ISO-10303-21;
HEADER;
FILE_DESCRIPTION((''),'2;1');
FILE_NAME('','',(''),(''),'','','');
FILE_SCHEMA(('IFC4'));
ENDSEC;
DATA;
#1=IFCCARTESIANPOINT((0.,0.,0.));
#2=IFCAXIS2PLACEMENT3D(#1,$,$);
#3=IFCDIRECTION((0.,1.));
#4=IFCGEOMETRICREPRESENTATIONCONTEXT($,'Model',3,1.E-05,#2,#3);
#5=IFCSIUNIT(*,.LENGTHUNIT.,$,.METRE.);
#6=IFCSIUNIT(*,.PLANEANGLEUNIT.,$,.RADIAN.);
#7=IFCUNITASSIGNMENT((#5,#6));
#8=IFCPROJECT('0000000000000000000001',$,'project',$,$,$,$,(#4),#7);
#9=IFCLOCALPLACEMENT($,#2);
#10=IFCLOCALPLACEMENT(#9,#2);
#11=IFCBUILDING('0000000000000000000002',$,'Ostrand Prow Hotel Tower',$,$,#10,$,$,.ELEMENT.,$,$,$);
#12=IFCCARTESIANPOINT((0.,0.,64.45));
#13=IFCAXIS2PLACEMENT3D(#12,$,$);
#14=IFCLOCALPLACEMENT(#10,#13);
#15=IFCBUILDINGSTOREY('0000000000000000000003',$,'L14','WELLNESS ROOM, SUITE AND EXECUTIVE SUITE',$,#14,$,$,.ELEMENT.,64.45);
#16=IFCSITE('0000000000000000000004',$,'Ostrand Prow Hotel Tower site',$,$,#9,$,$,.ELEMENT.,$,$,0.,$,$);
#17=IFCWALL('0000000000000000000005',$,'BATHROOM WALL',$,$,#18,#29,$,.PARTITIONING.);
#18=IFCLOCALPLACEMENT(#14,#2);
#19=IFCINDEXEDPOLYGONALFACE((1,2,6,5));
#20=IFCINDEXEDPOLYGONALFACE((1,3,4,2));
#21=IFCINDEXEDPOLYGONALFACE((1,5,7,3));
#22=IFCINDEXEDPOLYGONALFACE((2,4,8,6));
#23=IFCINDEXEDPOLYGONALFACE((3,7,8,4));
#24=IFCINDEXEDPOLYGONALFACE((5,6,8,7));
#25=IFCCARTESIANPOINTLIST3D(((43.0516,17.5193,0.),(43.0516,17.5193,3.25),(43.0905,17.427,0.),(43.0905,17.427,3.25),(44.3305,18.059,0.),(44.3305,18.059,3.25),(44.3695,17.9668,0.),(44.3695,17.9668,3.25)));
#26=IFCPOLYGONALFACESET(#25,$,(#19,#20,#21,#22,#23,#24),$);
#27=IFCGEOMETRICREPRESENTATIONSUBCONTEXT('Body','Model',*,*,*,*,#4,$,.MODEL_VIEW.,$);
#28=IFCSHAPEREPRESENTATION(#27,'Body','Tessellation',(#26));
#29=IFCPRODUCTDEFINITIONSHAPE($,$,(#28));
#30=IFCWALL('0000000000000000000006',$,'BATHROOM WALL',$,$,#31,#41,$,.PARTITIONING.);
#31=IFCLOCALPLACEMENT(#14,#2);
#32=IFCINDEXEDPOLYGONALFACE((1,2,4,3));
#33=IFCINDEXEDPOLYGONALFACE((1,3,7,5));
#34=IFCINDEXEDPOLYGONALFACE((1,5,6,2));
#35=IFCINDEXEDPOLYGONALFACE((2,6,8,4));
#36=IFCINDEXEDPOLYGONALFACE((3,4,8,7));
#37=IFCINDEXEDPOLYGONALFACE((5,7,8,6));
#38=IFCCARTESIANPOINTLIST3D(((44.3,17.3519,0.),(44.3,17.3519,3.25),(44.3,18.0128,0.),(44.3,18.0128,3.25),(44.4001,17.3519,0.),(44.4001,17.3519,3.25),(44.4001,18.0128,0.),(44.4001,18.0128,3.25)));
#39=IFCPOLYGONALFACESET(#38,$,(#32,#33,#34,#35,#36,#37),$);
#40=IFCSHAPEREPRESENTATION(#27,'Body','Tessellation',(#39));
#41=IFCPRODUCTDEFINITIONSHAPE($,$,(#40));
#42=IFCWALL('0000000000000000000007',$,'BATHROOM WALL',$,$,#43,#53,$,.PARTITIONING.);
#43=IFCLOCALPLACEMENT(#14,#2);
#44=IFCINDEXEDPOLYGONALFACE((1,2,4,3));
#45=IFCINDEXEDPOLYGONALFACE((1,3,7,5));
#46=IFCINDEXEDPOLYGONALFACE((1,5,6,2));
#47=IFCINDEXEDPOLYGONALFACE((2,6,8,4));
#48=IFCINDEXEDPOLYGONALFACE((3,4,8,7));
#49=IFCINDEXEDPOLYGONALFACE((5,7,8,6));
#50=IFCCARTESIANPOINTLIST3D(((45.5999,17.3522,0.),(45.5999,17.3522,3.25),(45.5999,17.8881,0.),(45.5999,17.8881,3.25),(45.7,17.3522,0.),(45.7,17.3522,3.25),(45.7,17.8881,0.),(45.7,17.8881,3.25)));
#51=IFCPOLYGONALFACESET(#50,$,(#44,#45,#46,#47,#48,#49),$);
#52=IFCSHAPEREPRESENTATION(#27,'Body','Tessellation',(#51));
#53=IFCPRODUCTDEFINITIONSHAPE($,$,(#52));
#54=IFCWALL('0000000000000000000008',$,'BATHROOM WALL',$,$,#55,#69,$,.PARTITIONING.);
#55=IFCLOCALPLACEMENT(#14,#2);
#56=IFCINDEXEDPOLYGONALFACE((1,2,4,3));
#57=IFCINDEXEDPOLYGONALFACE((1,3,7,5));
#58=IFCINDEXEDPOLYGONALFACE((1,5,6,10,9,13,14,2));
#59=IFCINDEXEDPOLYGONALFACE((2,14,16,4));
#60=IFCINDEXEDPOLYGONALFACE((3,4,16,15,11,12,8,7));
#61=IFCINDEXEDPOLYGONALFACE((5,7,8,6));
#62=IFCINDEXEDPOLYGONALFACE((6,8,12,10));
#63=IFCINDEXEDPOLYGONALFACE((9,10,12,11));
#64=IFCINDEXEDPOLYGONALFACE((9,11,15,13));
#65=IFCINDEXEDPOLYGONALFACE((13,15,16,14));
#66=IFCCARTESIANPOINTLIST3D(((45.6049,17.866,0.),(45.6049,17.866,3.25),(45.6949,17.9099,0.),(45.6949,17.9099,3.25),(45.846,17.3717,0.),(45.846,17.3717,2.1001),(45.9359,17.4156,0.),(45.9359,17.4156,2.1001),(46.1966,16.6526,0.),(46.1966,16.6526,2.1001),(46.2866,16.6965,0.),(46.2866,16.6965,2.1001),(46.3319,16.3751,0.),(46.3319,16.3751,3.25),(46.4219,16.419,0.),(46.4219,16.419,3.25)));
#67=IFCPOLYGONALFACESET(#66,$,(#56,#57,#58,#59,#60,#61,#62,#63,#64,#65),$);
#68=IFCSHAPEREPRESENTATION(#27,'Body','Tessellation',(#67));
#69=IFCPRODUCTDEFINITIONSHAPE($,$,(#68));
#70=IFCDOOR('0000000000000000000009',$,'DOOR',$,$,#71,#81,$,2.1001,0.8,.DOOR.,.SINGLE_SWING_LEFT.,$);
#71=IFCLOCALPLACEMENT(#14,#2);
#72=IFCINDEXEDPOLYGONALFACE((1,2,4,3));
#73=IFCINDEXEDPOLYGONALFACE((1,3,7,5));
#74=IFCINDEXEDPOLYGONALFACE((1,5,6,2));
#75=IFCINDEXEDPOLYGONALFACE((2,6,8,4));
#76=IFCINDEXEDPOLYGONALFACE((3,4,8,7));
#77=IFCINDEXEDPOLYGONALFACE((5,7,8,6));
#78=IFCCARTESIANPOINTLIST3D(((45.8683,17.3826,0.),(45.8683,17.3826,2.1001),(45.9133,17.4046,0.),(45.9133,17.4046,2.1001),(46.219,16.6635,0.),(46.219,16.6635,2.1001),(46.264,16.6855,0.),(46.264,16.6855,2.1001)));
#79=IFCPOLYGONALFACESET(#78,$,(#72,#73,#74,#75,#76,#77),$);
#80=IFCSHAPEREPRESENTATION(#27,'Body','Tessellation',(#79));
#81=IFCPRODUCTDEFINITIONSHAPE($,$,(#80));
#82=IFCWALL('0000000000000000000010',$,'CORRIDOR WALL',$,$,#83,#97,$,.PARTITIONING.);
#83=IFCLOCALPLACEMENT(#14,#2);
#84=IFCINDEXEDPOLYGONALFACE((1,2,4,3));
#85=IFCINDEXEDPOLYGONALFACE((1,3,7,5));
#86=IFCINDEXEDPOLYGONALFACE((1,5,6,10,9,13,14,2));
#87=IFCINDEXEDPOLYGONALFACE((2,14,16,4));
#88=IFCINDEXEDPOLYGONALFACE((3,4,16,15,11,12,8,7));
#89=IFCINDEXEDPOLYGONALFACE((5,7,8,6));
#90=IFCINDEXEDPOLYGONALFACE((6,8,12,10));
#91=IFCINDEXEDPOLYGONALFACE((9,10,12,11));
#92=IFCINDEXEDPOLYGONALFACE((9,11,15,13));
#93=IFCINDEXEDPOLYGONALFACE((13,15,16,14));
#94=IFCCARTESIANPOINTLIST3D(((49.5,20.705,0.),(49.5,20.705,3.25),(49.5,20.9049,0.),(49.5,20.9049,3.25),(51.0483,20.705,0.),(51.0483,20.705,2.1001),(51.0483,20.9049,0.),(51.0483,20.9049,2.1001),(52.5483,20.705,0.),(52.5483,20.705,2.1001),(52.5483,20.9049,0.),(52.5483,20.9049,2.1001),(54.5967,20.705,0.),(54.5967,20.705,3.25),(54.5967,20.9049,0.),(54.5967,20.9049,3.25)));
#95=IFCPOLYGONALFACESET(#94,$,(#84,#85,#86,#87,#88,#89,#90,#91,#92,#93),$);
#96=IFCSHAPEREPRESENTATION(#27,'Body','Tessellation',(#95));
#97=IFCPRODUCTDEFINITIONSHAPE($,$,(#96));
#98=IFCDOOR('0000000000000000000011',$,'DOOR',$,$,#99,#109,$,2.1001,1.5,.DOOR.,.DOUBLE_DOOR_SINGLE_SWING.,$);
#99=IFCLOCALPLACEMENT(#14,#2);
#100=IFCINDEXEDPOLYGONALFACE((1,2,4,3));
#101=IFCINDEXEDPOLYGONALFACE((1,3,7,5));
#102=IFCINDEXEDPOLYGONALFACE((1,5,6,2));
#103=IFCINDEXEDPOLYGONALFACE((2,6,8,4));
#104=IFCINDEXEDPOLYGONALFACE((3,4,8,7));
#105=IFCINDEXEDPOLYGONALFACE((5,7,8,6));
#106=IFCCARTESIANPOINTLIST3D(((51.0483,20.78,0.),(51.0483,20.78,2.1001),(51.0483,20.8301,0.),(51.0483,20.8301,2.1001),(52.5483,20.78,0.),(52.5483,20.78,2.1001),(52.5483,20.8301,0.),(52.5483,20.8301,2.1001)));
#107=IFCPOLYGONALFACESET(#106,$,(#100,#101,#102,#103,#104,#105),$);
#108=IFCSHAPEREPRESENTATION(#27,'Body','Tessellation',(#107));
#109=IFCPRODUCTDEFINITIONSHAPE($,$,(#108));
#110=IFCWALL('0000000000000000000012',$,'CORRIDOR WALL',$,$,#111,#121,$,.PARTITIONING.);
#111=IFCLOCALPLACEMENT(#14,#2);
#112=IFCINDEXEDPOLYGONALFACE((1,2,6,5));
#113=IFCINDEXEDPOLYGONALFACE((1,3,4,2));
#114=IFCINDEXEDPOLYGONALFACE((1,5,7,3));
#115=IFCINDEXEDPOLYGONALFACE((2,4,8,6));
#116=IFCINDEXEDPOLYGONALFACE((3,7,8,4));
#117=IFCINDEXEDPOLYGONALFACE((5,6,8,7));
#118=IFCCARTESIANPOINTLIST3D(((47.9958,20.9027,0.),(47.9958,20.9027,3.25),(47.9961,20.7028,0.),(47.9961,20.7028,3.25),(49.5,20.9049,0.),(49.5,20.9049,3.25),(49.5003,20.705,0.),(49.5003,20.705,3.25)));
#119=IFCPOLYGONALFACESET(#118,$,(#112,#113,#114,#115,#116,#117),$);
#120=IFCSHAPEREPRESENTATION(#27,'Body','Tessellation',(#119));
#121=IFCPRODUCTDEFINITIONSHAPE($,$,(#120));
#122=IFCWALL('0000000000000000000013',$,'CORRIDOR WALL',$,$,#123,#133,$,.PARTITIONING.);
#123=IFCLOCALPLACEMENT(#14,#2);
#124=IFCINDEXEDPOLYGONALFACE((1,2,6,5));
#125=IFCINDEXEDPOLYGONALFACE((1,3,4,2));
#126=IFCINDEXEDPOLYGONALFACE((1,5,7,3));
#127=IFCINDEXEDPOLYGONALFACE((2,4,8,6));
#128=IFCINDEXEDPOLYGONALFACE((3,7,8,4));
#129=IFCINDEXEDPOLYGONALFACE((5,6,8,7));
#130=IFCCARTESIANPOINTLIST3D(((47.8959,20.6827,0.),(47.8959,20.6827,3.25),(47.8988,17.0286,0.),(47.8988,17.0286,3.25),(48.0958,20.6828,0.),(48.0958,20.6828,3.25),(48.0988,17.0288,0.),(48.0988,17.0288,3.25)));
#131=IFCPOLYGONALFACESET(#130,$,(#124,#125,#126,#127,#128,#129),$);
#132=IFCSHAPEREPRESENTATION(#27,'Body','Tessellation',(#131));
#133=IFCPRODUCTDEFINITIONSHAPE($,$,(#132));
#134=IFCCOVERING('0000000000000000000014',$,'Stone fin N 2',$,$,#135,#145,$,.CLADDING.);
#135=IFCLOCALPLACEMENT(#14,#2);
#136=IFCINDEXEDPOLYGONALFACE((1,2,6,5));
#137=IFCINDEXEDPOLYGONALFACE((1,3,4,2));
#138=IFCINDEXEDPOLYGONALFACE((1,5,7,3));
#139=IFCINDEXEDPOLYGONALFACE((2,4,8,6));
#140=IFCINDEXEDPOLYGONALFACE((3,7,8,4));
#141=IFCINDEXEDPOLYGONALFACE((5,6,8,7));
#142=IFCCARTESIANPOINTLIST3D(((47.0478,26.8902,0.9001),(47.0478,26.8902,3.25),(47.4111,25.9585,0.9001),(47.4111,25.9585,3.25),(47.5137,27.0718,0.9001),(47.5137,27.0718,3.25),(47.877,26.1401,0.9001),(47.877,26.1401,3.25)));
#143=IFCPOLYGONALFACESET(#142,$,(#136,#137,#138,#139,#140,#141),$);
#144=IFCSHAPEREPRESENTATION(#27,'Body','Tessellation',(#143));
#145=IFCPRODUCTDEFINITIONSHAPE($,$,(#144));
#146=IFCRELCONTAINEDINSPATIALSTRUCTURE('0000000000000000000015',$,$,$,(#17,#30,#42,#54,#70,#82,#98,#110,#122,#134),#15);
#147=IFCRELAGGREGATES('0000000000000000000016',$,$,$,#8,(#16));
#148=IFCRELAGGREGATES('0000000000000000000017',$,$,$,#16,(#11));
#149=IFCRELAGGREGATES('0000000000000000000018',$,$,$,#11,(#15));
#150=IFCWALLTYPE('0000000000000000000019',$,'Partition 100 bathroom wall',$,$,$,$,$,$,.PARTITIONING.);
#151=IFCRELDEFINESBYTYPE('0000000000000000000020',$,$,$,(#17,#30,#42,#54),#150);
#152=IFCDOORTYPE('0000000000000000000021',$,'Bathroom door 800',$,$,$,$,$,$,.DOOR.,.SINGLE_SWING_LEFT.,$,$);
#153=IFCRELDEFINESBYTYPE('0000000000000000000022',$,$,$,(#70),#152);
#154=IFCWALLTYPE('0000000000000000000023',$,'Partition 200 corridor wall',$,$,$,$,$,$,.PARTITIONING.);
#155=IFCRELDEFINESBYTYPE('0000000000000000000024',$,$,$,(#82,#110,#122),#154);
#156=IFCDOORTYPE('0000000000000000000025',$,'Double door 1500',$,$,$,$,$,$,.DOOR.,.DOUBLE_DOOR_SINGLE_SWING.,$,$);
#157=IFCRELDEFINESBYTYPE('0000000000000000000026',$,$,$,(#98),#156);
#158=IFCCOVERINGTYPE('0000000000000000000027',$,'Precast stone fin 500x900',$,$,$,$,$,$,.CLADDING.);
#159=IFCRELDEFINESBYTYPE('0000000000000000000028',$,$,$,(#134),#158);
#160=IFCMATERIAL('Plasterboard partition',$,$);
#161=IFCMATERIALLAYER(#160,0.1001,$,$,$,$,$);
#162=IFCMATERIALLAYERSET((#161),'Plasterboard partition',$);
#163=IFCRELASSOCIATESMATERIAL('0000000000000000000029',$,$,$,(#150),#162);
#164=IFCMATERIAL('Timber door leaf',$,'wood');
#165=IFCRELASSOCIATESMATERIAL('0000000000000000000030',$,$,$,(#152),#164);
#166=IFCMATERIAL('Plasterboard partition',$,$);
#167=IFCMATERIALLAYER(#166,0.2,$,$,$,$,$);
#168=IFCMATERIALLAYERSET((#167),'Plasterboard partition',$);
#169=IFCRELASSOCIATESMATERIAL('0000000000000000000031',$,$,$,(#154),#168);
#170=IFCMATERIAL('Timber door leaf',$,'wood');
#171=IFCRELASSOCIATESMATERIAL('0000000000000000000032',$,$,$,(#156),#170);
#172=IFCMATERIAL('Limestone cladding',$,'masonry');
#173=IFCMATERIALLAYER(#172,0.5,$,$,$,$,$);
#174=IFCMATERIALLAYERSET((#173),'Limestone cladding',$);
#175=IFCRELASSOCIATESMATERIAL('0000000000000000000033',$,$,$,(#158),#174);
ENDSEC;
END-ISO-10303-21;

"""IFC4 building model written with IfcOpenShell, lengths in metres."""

from ifc_helpers import new_model, si_unit, direction, frame, frame_2d, origin, place, context, subcontext, project, spatial, rectangle, extrude, material, layer, layer_set, type_object, element, fill, save


model = new_model("IFC4")

# Units and contexts
model_context = context("Model", 3, precision=1e-05, world=origin(), true_north=direction((0.0, 1.0)))
body_context = subcontext(model_context, "Body", "Model", "MODEL_VIEW")
ifc_project = project(units=[si_unit("LENGTHUNIT", "METRE"), si_unit("PLANEANGLEUNIT", "RADIAN")], contexts=[model_context])

# Site, building, storey
site_placement = place(None, origin())
site = spatial("IfcSite", under=ifc_project, at=site_placement, Name="Ostrand Prow Hotel Tower site", CompositionType="ELEMENT", RefElevation=0.0)
building_placement = place(site_placement, origin())
building = spatial("IfcBuilding", under=site, at=building_placement, Name="Ostrand Prow Hotel Tower", CompositionType="ELEMENT")
storey_placement = place(building_placement, frame((0.0, 0.0, 64.45)))
storey = spatial("IfcBuildingStorey", under=building, at=storey_placement, Name="L14", Description="WELLNESS ROOM, SUITE AND EXECUTIVE SUITE", CompositionType="ELEMENT", Elevation=64.45)

# Walls
ifc_material_1 = material(Name="Plasterboard partition")
ifc_layer_1 = layer(ifc_material_1, 0.1001)
ifc_layer_set_1 = layer_set([ifc_layer_1], Name="Plasterboard partition")
wall_type_1 = type_object("IfcWallType", Name="Partition 100 bathroom wall", PredefinedType="PARTITIONING", material=ifc_layer_set_1)
wall_1_placement = place(storey_placement, frame((43.071, 17.4731, 0.0), z_axis=(0.0, 0.0, 1.0), x_axis=(0.921314, 0.388819, 0.0)))
element("IfcWall", 1, at=wall_1_placement, inside=storey, type_object=wall_type_1, Name="BATHROOM WALL", PredefinedType="PARTITIONING", context=body_context, shape_type="SweptSolid", body=[
    extrude(rectangle(XDim=1.3882, YDim=0.1001, at=frame_2d((0.6941, 0.0))), origin(), (0.0, 0.0, 1.0), 3.25),
])
wall_2_placement = place(storey_placement, frame((44.3501, 18.0129, 0.0), z_axis=(0.0, 0.0, 1.0), x_axis=(0.0, -1.0, 0.0)))
element("IfcWall", 2, at=wall_2_placement, inside=storey, type_object=wall_type_1, Name="BATHROOM WALL", PredefinedType="PARTITIONING", context=body_context, shape_type="SweptSolid", body=[
    extrude(rectangle(XDim=0.6609, YDim=0.1001, at=frame_2d((0.3306, 0.0))), origin(), (0.0, 0.0, 1.0), 3.25),
])
wall_3_placement = place(storey_placement, frame((45.6499, 17.3521, 0.0), z_axis=(0.0, 0.0, 1.0), x_axis=(0.0, 1.0, 0.0)))
element("IfcWall", 3, at=wall_3_placement, inside=storey, type_object=wall_type_1, Name="BATHROOM WALL", PredefinedType="PARTITIONING", context=body_context, shape_type="SweptSolid", body=[
    extrude(rectangle(XDim=0.5359, YDim=0.1001, at=frame_2d((0.2681, 0.0))), origin(), (0.0, 0.0, 1.0), 3.25),
])

# Walls, openings, doors
wall_4_placement = place(storey_placement, frame((45.6499, 17.8879, 0.0), z_axis=(0.0, 0.0, 1.0), x_axis=(0.438302, -0.898828, 0.0)))
wall_4 = element("IfcWall", 4, at=wall_4_placement, inside=storey, type_object=wall_type_1, Name="BATHROOM WALL", PredefinedType="PARTITIONING", context=body_context, shape_type="SweptSolid", body=[
    extrude(rectangle(XDim=1.6587, YDim=0.1001, at=frame_2d((0.8293, 0.0))), origin(), (0.0, 0.0, 1.0), 3.25),
])
opening_1_placement = place(wall_4_placement, frame((0.55, 0.0, 0.0)))
opening_1 = element("IfcOpeningElement", 5, at=opening_1_placement, cuts=wall_4, PredefinedType="OPENING", context=body_context, shape_type="SweptSolid", body=[
    extrude(rectangle(XDim=0.8, YDim=2.1001, at=frame_2d((0.3999, 1.05))), frame((0.0, 0.0601, 0.0), z_axis=(0.0, -1.0, 0.0), x_axis=(1.0, 0.0, 0.0)), (0.0, 0.0, 1.0), 0.1201),
])
ifc_material_2 = material(Name="Timber door leaf", Category="wood")
door_type_1 = type_object("IfcDoorType", Name="Bathroom door 800", OperationType="SINGLE_SWING_LEFT", PredefinedType="DOOR", material=ifc_material_2)
door_1_placement = place(opening_1_placement, origin())
door_1 = element("IfcDoor", 6, at=door_1_placement, inside=storey, type_object=door_type_1, Name="DOOR", OperationType="SINGLE_SWING_LEFT", OverallHeight=2.1001, OverallWidth=0.8, PredefinedType="DOOR", context=body_context, shape_type="SweptSolid", body=[
    extrude(rectangle(XDim=0.8, YDim=2.1001, at=frame_2d((0.3999, 1.05))), frame((0.0, 0.0249, 0.0), z_axis=(0.0, -1.0, 0.0), x_axis=(1.0, 0.0, 0.0)), (0.0, 0.0, 1.0), 0.05),
])
fill(opening_1, door_1)
ifc_material_3 = material(Name="Plasterboard partition")
ifc_layer_2 = layer(ifc_material_3, 0.2)
ifc_layer_set_2 = layer_set([ifc_layer_2], Name="Plasterboard partition")
wall_type_2 = type_object("IfcWallType", Name="Partition 200 corridor wall", PredefinedType="PARTITIONING", material=ifc_layer_set_2)
wall_5_placement = place(storey_placement, frame((54.5967, 20.8049, 0.0), z_axis=(0.0, 0.0, 1.0), x_axis=(-1.0, 0.0, 0.0)))
wall_5 = element("IfcWall", 7, at=wall_5_placement, inside=storey, type_object=wall_type_2, Name="CORRIDOR WALL", PredefinedType="PARTITIONING", context=body_context, shape_type="SweptSolid", body=[
    extrude(rectangle(XDim=5.0967, YDim=0.2, at=frame_2d((2.5483, 0.0))), origin(), (0.0, 0.0, 1.0), 3.25),
])
opening_2_placement = place(wall_5_placement, frame((2.0483, 0.0, 0.0)))
opening_2 = element("IfcOpeningElement", 8, at=opening_2_placement, cuts=wall_5, PredefinedType="OPENING", context=body_context, shape_type="SweptSolid", body=[
    extrude(rectangle(XDim=1.5, YDim=2.1001, at=frame_2d((0.75, 1.05))), frame((0.0, 0.1099, 0.0), z_axis=(0.0, -1.0, 0.0), x_axis=(1.0, 0.0, 0.0)), (0.0, 0.0, 1.0), 0.22),
])
ifc_material_4 = material(Name="Timber door leaf", Category="wood")
door_type_2 = type_object("IfcDoorType", Name="Double door 1500", OperationType="DOUBLE_DOOR_SINGLE_SWING", PredefinedType="DOOR", material=ifc_material_4)
door_2_placement = place(opening_2_placement, origin())
door_2 = element("IfcDoor", 9, at=door_2_placement, inside=storey, type_object=door_type_2, Name="DOOR", OperationType="DOUBLE_DOOR_SINGLE_SWING", OverallHeight=2.1001, OverallWidth=1.5, PredefinedType="DOOR", context=body_context, shape_type="SweptSolid", body=[
    extrude(rectangle(XDim=1.5, YDim=2.1001, at=frame_2d((0.75, 1.05))), frame((0.0, 0.0249, 0.0), z_axis=(0.0, -1.0, 0.0), x_axis=(1.0, 0.0, 0.0)), (0.0, 0.0, 1.0), 0.05),
])
fill(opening_2, door_2)

# Walls
wall_6_placement = place(storey_placement, frame((49.5, 20.8049, 0.0), z_axis=(0.0, 0.0, 1.0), x_axis=(-0.999999, -0.001461, 0.0)))
element("IfcWall", 10, at=wall_6_placement, inside=storey, type_object=wall_type_2, Name="CORRIDOR WALL", PredefinedType="PARTITIONING", context=body_context, shape_type="SweptSolid", body=[
    extrude(rectangle(XDim=1.5042, YDim=0.2, at=frame_2d((0.752, 0.0))), origin(), (0.0, 0.0, 1.0), 3.25),
])
wall_7_placement = place(storey_placement, frame((47.9958, 20.6829, 0.0), z_axis=(0.0, 0.0, 1.0), x_axis=(0.000802, -1.0, 0.0)))
element("IfcWall", 11, at=wall_7_placement, inside=storey, type_object=wall_type_2, Name="CORRIDOR WALL", PredefinedType="PARTITIONING", context=body_context, shape_type="SweptSolid", body=[
    extrude(rectangle(XDim=3.6541, YDim=0.2, at=frame_2d((1.8271, 0.0))), origin(), (0.0, 0.0, 1.0), 3.25),
])

# Covering
ifc_material_5 = material(Name="Limestone cladding", Category="masonry")
ifc_layer_3 = layer(ifc_material_5, 0.5)
ifc_layer_set_3 = layer_set([ifc_layer_3], Name="Limestone cladding")
covering_type = type_object("IfcCoveringType", Name="Precast stone fin 500x900", PredefinedType="CLADDING", material=ifc_layer_set_3)
covering_placement = place(storey_placement, frame((47.644, 26.0493, 0.9001), z_axis=(0.0, 0.0, 1.0), x_axis=(-0.363294, 0.931674, 0.0)))
element("IfcCovering", 12, at=covering_placement, inside=storey, type_object=covering_type, Name="Stone fin N 2", PredefinedType="CLADDING", context=body_context, shape_type="SweptSolid", body=[
    extrude(rectangle(XDim=1.0, YDim=0.5, at=frame_2d((0.5, 0.0))), origin(), (0.0, 0.0, 1.0), 2.3499),
])

save(model, "model.ifc")
